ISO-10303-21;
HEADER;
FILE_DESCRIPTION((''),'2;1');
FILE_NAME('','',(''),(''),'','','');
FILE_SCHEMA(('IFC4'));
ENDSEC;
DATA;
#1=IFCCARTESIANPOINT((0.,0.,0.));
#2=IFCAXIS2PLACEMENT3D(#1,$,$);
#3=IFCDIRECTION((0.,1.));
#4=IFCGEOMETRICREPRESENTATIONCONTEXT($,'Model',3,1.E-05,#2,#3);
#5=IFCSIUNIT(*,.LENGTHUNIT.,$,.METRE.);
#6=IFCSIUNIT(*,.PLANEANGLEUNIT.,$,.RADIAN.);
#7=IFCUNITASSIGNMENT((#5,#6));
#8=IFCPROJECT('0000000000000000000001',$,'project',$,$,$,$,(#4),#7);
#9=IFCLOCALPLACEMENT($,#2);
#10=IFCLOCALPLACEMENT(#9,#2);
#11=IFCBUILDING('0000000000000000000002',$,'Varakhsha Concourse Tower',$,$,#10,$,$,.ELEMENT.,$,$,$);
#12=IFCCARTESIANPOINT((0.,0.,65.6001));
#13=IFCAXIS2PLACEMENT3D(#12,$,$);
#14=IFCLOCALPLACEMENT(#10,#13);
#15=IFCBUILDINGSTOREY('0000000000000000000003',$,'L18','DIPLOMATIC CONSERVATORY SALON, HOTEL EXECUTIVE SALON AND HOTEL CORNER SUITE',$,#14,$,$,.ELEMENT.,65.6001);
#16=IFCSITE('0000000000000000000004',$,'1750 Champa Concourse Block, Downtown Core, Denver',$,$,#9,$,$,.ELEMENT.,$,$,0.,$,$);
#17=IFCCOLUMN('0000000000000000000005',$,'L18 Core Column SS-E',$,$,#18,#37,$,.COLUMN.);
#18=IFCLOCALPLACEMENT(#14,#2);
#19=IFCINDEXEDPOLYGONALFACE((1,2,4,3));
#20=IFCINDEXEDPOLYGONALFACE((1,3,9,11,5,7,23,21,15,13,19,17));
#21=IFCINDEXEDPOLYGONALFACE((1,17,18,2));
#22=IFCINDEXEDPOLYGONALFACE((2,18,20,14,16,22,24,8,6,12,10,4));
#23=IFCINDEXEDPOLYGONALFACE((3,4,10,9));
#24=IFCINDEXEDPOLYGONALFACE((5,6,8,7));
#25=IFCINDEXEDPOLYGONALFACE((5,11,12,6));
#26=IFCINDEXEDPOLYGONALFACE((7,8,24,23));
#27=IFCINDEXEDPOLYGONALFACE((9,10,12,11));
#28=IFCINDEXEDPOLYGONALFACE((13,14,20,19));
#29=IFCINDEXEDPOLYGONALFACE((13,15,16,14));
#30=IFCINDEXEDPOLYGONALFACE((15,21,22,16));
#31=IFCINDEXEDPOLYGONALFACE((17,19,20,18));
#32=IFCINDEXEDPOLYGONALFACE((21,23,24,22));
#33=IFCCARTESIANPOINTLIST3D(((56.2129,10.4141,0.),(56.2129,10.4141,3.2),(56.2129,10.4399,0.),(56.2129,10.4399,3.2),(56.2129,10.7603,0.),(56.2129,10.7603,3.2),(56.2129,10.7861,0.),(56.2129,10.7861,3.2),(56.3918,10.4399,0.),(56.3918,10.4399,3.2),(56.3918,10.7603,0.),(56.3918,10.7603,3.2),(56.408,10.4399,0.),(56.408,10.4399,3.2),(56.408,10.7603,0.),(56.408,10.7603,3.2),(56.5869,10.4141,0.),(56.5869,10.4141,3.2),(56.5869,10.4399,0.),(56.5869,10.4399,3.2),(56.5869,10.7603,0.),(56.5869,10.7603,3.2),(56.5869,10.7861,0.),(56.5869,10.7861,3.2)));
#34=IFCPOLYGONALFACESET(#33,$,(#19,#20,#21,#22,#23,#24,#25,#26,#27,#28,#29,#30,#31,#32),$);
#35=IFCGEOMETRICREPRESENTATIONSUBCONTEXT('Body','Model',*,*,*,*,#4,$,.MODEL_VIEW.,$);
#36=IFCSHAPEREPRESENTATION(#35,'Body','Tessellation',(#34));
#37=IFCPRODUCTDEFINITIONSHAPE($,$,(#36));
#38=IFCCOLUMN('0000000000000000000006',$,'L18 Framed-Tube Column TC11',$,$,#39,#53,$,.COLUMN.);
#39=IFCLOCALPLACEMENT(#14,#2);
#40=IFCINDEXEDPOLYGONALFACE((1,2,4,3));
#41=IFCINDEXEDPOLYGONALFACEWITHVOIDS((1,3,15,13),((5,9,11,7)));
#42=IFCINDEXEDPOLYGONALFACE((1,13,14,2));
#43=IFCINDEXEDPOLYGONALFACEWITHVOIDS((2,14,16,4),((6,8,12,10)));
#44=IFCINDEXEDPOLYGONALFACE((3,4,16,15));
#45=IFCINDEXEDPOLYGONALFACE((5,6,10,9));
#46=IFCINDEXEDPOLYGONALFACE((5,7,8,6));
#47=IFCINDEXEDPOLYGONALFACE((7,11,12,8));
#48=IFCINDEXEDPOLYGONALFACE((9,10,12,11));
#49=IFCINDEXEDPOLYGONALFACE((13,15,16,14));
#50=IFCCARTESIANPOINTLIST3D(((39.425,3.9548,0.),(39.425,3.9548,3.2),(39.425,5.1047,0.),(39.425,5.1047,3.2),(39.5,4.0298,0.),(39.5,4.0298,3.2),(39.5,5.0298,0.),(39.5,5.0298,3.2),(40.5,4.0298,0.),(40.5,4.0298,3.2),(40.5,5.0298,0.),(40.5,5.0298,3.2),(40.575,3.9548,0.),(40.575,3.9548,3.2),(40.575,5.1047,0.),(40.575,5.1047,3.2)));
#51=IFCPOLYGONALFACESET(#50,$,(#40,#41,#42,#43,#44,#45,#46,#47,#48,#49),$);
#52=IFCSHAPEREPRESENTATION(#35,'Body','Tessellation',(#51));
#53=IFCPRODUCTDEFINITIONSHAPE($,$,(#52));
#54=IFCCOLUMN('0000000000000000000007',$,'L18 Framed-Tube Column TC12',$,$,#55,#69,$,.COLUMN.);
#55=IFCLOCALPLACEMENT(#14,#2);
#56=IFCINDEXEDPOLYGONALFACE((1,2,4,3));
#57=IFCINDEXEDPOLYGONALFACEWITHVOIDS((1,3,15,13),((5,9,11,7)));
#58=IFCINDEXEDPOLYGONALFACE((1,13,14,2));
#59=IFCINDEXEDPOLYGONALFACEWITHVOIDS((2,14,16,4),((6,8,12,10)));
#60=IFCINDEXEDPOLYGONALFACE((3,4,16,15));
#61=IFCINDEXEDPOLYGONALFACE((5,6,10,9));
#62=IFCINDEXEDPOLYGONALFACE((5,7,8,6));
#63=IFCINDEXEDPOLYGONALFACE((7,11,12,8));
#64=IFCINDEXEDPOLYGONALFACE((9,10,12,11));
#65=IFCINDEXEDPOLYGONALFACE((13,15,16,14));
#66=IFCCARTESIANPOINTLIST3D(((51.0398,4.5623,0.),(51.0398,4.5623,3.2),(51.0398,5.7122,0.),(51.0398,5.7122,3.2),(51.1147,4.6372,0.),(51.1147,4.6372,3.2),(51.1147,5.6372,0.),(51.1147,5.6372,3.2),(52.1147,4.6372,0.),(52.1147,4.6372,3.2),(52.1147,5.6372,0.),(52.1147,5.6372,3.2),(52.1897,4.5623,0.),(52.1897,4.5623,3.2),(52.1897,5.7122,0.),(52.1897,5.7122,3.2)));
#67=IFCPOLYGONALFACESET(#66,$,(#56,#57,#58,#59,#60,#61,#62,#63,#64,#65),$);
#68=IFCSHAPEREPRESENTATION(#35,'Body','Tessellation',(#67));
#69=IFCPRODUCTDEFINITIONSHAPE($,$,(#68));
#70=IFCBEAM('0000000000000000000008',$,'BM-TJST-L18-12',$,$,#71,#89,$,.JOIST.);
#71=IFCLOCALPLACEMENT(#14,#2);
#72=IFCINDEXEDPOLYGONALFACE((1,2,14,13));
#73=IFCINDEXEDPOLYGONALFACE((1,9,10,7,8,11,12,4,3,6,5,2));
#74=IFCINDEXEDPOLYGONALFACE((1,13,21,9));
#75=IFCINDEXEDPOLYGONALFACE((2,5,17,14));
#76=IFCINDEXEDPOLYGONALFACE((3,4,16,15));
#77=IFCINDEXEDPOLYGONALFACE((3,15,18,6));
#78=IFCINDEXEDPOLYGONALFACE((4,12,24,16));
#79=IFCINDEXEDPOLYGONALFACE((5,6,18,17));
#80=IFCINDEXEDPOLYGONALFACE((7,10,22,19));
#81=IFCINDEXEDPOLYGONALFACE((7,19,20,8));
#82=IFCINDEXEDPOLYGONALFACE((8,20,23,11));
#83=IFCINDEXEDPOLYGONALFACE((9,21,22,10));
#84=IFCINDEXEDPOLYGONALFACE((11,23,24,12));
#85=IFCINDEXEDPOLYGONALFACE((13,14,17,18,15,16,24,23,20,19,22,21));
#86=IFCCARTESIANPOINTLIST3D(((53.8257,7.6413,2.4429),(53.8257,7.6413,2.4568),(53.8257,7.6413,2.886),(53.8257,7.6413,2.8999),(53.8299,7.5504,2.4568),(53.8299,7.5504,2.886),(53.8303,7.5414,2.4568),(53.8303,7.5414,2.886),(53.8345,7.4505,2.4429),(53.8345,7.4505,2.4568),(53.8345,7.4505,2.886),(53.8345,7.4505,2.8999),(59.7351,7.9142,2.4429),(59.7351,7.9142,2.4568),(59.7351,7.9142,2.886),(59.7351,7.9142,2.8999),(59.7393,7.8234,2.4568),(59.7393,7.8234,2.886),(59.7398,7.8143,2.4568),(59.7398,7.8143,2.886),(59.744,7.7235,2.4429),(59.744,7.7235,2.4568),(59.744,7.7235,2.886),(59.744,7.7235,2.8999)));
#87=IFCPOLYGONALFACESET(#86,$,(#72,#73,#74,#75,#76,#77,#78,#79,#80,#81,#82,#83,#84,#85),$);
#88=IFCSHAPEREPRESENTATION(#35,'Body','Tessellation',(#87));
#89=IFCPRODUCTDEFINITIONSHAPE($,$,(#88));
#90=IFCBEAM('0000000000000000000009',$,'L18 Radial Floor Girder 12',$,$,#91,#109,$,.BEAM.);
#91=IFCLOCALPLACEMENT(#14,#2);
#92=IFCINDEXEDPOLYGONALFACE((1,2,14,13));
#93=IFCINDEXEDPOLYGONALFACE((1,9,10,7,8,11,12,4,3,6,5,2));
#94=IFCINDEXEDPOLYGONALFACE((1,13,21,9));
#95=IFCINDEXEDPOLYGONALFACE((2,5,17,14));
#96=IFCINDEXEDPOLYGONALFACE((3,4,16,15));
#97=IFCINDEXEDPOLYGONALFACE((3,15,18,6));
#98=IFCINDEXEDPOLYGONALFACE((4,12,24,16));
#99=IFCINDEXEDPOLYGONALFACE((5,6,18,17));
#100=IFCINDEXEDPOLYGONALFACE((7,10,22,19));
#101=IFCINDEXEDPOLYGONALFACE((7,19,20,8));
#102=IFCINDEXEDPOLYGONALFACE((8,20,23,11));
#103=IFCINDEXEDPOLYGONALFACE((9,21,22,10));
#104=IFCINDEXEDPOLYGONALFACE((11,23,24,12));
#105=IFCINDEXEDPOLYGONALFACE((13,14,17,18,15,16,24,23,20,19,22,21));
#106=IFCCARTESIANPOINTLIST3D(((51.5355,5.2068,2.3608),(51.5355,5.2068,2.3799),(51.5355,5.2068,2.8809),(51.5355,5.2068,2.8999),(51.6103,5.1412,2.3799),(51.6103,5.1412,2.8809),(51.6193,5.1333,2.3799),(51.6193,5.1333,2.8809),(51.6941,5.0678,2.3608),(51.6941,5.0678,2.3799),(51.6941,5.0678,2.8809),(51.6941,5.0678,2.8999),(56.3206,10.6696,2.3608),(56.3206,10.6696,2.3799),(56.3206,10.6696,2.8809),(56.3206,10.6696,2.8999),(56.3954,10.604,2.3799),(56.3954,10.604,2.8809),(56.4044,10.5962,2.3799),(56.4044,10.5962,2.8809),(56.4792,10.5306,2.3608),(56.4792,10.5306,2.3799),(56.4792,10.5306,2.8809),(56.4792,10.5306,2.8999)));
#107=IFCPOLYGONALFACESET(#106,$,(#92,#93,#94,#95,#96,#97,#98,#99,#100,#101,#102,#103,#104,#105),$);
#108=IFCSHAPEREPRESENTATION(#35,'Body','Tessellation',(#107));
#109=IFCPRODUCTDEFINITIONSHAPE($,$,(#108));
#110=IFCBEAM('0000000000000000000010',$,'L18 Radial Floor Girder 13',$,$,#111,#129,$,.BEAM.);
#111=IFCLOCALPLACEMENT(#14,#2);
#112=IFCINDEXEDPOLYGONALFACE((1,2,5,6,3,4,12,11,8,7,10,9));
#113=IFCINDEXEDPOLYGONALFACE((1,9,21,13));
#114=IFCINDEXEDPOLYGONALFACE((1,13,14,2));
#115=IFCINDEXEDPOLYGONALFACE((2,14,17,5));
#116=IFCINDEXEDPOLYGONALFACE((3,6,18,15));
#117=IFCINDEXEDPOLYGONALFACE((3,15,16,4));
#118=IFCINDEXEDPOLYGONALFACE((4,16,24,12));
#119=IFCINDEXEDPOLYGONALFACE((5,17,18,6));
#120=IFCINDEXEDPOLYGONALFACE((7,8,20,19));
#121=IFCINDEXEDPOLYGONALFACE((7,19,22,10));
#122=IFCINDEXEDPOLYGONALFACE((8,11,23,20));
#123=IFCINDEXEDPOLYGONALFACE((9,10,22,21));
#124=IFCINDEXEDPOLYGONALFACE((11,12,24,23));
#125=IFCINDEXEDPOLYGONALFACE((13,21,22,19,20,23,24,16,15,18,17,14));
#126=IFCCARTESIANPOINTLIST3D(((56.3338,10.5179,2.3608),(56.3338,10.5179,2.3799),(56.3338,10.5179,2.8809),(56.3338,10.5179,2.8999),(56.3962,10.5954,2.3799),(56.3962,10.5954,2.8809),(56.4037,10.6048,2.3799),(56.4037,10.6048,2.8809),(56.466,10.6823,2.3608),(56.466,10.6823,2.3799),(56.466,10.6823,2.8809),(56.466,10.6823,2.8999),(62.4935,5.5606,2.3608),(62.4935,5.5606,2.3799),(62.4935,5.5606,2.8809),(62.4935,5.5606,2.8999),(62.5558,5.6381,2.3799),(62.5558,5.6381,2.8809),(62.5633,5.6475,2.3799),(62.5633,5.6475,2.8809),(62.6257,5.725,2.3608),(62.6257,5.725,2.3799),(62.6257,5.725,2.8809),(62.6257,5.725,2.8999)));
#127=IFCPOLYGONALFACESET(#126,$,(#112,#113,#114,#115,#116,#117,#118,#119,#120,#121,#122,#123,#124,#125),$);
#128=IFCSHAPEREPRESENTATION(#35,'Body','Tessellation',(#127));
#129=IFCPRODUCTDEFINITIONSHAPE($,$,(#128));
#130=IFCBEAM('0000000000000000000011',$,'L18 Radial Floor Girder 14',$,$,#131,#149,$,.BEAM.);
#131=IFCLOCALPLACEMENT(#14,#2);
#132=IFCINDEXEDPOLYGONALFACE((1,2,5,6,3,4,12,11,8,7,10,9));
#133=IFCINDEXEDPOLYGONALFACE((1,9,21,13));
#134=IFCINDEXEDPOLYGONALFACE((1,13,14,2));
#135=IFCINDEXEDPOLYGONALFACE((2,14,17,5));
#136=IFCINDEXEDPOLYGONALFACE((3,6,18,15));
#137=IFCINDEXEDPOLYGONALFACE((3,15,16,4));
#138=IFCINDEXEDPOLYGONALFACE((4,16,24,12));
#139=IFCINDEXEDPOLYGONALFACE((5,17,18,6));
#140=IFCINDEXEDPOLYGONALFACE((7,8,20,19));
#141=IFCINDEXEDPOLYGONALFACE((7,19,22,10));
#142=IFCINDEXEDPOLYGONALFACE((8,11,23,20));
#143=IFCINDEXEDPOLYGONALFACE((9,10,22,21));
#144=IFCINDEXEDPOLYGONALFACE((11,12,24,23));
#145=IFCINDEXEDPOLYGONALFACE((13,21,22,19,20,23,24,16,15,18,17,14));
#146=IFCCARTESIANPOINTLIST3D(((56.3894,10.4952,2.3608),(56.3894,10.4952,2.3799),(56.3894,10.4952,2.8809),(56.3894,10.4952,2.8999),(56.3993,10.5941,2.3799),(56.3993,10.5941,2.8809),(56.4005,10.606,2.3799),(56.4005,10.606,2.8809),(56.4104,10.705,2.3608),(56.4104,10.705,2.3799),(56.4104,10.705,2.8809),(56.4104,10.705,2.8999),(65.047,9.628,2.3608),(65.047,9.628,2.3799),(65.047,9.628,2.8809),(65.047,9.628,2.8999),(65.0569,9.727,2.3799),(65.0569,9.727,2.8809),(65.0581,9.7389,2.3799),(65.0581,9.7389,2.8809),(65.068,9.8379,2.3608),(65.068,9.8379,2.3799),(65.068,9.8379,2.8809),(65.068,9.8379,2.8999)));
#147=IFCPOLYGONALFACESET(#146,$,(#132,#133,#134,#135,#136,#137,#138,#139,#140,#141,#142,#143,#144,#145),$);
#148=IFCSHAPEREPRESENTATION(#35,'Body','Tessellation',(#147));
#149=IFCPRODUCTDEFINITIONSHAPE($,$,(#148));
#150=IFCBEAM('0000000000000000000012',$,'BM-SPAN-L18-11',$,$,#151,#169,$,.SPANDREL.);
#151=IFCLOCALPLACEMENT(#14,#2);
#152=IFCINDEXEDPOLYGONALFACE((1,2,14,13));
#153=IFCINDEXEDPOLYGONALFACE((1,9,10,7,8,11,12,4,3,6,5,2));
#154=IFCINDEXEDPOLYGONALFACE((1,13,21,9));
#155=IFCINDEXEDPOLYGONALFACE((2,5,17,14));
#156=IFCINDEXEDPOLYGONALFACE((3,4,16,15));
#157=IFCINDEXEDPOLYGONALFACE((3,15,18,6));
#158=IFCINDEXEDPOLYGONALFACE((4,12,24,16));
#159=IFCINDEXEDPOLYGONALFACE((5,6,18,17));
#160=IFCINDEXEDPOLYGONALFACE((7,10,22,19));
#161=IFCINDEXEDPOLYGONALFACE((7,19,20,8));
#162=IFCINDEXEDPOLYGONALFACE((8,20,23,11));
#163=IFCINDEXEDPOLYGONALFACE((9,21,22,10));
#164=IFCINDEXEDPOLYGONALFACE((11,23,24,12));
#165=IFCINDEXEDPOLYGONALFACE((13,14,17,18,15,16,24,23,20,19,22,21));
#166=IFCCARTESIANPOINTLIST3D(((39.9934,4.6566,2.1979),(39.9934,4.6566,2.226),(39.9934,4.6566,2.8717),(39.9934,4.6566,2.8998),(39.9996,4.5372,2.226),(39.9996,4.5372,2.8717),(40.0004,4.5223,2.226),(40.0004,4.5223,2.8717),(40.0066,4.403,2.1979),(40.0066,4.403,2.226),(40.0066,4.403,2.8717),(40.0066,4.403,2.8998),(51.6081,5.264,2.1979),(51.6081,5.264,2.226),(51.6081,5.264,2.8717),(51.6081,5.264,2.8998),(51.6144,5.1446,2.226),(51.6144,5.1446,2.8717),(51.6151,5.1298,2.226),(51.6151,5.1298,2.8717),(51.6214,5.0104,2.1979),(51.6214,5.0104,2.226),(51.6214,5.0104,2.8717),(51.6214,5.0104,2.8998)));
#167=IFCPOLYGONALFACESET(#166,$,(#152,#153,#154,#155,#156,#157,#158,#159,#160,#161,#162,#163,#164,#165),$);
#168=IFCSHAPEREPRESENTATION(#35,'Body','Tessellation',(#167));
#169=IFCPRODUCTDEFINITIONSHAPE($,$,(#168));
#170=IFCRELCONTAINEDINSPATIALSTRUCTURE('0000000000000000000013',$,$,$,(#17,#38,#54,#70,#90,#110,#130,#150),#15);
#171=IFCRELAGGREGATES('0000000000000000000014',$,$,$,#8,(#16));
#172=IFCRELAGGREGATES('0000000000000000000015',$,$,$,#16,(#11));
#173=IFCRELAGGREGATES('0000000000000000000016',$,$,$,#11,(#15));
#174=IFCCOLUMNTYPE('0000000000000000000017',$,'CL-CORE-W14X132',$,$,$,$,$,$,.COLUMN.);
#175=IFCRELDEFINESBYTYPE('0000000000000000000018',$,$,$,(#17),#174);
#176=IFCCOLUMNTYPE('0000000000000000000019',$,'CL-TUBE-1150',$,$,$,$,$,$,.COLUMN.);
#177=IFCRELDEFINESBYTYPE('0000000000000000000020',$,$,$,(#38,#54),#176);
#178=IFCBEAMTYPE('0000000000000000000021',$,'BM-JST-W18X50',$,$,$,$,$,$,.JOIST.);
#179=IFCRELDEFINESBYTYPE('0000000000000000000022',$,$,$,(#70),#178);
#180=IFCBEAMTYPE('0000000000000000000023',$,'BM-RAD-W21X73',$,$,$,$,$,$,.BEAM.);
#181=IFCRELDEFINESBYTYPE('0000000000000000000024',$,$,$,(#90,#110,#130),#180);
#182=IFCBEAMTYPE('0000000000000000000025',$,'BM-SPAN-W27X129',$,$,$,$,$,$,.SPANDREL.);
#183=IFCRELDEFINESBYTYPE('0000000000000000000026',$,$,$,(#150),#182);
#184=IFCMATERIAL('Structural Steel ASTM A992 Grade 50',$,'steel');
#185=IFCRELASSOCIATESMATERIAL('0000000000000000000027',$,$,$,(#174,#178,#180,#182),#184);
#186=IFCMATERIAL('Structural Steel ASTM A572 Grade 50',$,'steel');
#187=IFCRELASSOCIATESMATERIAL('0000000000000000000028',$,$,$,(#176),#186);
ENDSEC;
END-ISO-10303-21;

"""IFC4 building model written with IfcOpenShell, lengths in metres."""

from ifc_helpers import new_model, si_unit, direction, frame, origin, origin_2d, place, context, subcontext, project, spatial, hollow_rectangle, i_section, extrude, material, material_profile, profile_set, type_object, element, save


model = new_model("IFC4")

# Units and contexts
model_context = context("Model", 3, precision=1e-05, world=origin(), true_north=direction((0.0, 1.0)))
body_context = subcontext(model_context, "Body", "Model", "MODEL_VIEW")
ifc_project = project(units=[si_unit("LENGTHUNIT", "METRE"), si_unit("PLANEANGLEUNIT", "RADIAN")], contexts=[model_context])

# Site, building, storey
site_placement = place(None, origin())
site = spatial("IfcSite", under=ifc_project, at=site_placement, Name="1750 Champa Concourse Block, Downtown Core, Denver", CompositionType="ELEMENT", RefElevation=0.0)
building_placement = place(site_placement, origin())
building = spatial("IfcBuilding", under=site, at=building_placement, Name="Varakhsha Concourse Tower", CompositionType="ELEMENT")
storey_placement = place(building_placement, frame((0.0, 0.0, 65.6001)))
storey = spatial("IfcBuildingStorey", under=building, at=storey_placement, Name="L18", Description="DIPLOMATIC CONSERVATORY SALON, HOTEL EXECUTIVE SALON AND HOTEL CORNER SUITE", CompositionType="ELEMENT", Elevation=65.6001)

# Columns
ifc_material_1 = material(Name="Structural Steel ASTM A992 Grade 50", Category="steel")
ifc_material_profile_1 = material_profile(ifc_material_1, i_section(OverallWidth=0.374, OverallDepth=0.3721, WebThickness=0.0161, FlangeThickness=0.0259, at=origin_2d()), Name="W14X132")
ifc_profile_set_1 = profile_set([ifc_material_profile_1], Name="Structural Steel ASTM A992 Grade 50")
column_type_1 = type_object("IfcColumnType", Name="CL-CORE-W14X132", PredefinedType="COLUMN", material=ifc_profile_set_1)
column_placement = place(storey_placement, frame((56.3999, 10.6001, 0.0), z_axis=(0.0, 0.0, 1.0), x_axis=(1.0, 0.0, 0.0)))
element("IfcColumn", 1, at=column_placement, inside=storey, type_object=column_type_1, Name="L18 Core Column SS-E", PredefinedType="COLUMN", context=body_context, shape_type="SweptSolid", body=[
    extrude(i_section(OverallWidth=0.374, OverallDepth=0.3721, WebThickness=0.0161, FlangeThickness=0.0259, at=origin_2d()), origin(), (0.0, 0.0, 1.0), 3.2),
])
ifc_material_2 = material(Name="Structural Steel ASTM A572 Grade 50", Category="steel")
ifc_material_profile_2 = material_profile(ifc_material_2, hollow_rectangle(XDim=1.1499, YDim=1.1499, WallThickness=0.075, at=origin_2d()), Name="BOX 1150x1150x75")
ifc_profile_set_2 = profile_set([ifc_material_profile_2], Name="Structural Steel ASTM A572 Grade 50")
column_type_2 = type_object("IfcColumnType", Name="CL-TUBE-1150", PredefinedType="COLUMN", material=ifc_profile_set_2)
for number, where, z_axis, x_axis, name in (
    (2, (40.0, 4.5298, 0.0), (0.0, 0.0, 1.0), (1.0, 0.0, 0.0), "L18 Framed-Tube Column TC11"),
    (3, (51.6147, 5.1372, 0.0), (0.0, 0.0, 1.0), (1.0, 0.0, 0.0), "L18 Framed-Tube Column TC12"),
):
    element("IfcColumn", number, at=place(storey_placement, frame(where, z_axis=z_axis, x_axis=x_axis)), inside=storey, type_object=column_type_2, Name=name, PredefinedType="COLUMN", context=body_context, shape_type="SweptSolid", body=[
        extrude(hollow_rectangle(XDim=1.1499, YDim=1.1499, WallThickness=0.075, at=origin_2d()), origin(), (0.0, 0.0, 1.0), 3.2),
    ])

# Beams
ifc_material_profile_3 = material_profile(ifc_material_1, i_section(OverallWidth=0.1909, OverallDepth=0.457, WebThickness=0.009, FlangeThickness=0.0139, at=origin_2d()), Name="W18X50")
ifc_profile_set_3 = profile_set([ifc_material_profile_3], Name="Structural Steel ASTM A992 Grade 50")
beam_type_1 = type_object("IfcBeamType", Name="BM-JST-W18X50", PredefinedType="JOIST", material=ifc_profile_set_3)
beam_1_placement = place(storey_placement, frame((53.8301, 7.5459, 2.6714), z_axis=(0.998935, 0.04614, 0.0), x_axis=(-0.04614, 0.998935, 0.0)))
element("IfcBeam", 4, at=beam_1_placement, inside=storey, type_object=beam_type_1, Name="BM-TJST-L18-12", PredefinedType="JOIST", context=body_context, shape_type="SweptSolid", body=[
    extrude(i_section(OverallWidth=0.1909, OverallDepth=0.457, WebThickness=0.009, FlangeThickness=0.0139, at=origin_2d()), origin(), (0.0, 0.0, 1.0), 5.9158),
])
ifc_material_profile_4 = material_profile(ifc_material_1, i_section(OverallWidth=0.2109, OverallDepth=0.5391, WebThickness=0.012, FlangeThickness=0.019, at=origin_2d()), Name="W21X73")
ifc_profile_set_4 = profile_set([ifc_material_profile_4], Name="Structural Steel ASTM A992 Grade 50")
beam_type_2 = type_object("IfcBeamType", Name="BM-RAD-W21X73", PredefinedType="BEAM", material=ifc_profile_set_4)
beam_2_placement = place(storey_placement, frame((56.3999, 10.6001, 2.6304), z_axis=(-0.658904, -0.752227, 0.0), x_axis=(0.752227, -0.658904, 0.0)))
element("IfcBeam", 5, at=beam_2_placement, inside=storey, type_object=beam_type_2, Name="L18 Radial Floor Girder 12", PredefinedType="BEAM", context=body_context, shape_type="SweptSolid", body=[
    extrude(i_section(OverallWidth=0.2109, OverallDepth=0.5391, WebThickness=0.012, FlangeThickness=0.019, at=origin_2d()), origin(), (0.0, 0.0, 1.0), 7.2622),
])
beam_3_placement = place(storey_placement, frame((56.3999, 10.6001, 2.6304), z_axis=(0.779043, -0.626971, 0.0), x_axis=(0.626971, 0.779043, 0.0)))
element("IfcBeam", 6, at=beam_3_placement, inside=storey, type_object=beam_type_2, Name="L18 Radial Floor Girder 13", PredefinedType="BEAM", context=body_context, shape_type="SweptSolid", body=[
    extrude(i_section(OverallWidth=0.2109, OverallDepth=0.5391, WebThickness=0.012, FlangeThickness=0.019, at=origin_2d()), origin(), (0.0, 0.0, 1.0), 7.9067),
])
beam_4_placement = place(storey_placement, frame((56.3999, 10.6001, 2.6304), z_axis=(0.995021, -0.099665, 0.0), x_axis=(0.099665, 0.995021, 0.0)))
element("IfcBeam", 7, at=beam_4_placement, inside=storey, type_object=beam_type_2, Name="L18 Radial Floor Girder 14", PredefinedType="BEAM", context=body_context, shape_type="SweptSolid", body=[
    extrude(i_section(OverallWidth=0.2109, OverallDepth=0.5391, WebThickness=0.012, FlangeThickness=0.019, at=origin_2d()), origin(), (0.0, 0.0, 1.0), 8.7009),
])
ifc_material_profile_5 = material_profile(ifc_material_1, i_section(OverallWidth=0.2539, OverallDepth=0.7019, WebThickness=0.0149, FlangeThickness=0.0281, at=origin_2d()), Name="W27X129")
ifc_profile_set_5 = profile_set([ifc_material_profile_5], Name="Structural Steel ASTM A992 Grade 50")
beam_type_3 = type_object("IfcBeamType", Name="BM-SPAN-W27X129", PredefinedType="SPANDREL", material=ifc_profile_set_5)
beam_5_placement = place(storey_placement, frame((40.0, 4.5298, 2.5488), z_axis=(0.998635, 0.052226, 0.0), x_axis=(-0.052226, 0.998635, 0.0)))
element("IfcBeam", 8, at=beam_5_placement, inside=storey, type_object=beam_type_3, Name="BM-SPAN-L18-11", PredefinedType="SPANDREL", context=body_context, shape_type="SweptSolid", body=[
    extrude(i_section(OverallWidth=0.2539, OverallDepth=0.7019, WebThickness=0.0149, FlangeThickness=0.0281, at=origin_2d()), origin(), (0.0, 0.0, 1.0), 11.6306),
])

save(model, "model.ifc")
